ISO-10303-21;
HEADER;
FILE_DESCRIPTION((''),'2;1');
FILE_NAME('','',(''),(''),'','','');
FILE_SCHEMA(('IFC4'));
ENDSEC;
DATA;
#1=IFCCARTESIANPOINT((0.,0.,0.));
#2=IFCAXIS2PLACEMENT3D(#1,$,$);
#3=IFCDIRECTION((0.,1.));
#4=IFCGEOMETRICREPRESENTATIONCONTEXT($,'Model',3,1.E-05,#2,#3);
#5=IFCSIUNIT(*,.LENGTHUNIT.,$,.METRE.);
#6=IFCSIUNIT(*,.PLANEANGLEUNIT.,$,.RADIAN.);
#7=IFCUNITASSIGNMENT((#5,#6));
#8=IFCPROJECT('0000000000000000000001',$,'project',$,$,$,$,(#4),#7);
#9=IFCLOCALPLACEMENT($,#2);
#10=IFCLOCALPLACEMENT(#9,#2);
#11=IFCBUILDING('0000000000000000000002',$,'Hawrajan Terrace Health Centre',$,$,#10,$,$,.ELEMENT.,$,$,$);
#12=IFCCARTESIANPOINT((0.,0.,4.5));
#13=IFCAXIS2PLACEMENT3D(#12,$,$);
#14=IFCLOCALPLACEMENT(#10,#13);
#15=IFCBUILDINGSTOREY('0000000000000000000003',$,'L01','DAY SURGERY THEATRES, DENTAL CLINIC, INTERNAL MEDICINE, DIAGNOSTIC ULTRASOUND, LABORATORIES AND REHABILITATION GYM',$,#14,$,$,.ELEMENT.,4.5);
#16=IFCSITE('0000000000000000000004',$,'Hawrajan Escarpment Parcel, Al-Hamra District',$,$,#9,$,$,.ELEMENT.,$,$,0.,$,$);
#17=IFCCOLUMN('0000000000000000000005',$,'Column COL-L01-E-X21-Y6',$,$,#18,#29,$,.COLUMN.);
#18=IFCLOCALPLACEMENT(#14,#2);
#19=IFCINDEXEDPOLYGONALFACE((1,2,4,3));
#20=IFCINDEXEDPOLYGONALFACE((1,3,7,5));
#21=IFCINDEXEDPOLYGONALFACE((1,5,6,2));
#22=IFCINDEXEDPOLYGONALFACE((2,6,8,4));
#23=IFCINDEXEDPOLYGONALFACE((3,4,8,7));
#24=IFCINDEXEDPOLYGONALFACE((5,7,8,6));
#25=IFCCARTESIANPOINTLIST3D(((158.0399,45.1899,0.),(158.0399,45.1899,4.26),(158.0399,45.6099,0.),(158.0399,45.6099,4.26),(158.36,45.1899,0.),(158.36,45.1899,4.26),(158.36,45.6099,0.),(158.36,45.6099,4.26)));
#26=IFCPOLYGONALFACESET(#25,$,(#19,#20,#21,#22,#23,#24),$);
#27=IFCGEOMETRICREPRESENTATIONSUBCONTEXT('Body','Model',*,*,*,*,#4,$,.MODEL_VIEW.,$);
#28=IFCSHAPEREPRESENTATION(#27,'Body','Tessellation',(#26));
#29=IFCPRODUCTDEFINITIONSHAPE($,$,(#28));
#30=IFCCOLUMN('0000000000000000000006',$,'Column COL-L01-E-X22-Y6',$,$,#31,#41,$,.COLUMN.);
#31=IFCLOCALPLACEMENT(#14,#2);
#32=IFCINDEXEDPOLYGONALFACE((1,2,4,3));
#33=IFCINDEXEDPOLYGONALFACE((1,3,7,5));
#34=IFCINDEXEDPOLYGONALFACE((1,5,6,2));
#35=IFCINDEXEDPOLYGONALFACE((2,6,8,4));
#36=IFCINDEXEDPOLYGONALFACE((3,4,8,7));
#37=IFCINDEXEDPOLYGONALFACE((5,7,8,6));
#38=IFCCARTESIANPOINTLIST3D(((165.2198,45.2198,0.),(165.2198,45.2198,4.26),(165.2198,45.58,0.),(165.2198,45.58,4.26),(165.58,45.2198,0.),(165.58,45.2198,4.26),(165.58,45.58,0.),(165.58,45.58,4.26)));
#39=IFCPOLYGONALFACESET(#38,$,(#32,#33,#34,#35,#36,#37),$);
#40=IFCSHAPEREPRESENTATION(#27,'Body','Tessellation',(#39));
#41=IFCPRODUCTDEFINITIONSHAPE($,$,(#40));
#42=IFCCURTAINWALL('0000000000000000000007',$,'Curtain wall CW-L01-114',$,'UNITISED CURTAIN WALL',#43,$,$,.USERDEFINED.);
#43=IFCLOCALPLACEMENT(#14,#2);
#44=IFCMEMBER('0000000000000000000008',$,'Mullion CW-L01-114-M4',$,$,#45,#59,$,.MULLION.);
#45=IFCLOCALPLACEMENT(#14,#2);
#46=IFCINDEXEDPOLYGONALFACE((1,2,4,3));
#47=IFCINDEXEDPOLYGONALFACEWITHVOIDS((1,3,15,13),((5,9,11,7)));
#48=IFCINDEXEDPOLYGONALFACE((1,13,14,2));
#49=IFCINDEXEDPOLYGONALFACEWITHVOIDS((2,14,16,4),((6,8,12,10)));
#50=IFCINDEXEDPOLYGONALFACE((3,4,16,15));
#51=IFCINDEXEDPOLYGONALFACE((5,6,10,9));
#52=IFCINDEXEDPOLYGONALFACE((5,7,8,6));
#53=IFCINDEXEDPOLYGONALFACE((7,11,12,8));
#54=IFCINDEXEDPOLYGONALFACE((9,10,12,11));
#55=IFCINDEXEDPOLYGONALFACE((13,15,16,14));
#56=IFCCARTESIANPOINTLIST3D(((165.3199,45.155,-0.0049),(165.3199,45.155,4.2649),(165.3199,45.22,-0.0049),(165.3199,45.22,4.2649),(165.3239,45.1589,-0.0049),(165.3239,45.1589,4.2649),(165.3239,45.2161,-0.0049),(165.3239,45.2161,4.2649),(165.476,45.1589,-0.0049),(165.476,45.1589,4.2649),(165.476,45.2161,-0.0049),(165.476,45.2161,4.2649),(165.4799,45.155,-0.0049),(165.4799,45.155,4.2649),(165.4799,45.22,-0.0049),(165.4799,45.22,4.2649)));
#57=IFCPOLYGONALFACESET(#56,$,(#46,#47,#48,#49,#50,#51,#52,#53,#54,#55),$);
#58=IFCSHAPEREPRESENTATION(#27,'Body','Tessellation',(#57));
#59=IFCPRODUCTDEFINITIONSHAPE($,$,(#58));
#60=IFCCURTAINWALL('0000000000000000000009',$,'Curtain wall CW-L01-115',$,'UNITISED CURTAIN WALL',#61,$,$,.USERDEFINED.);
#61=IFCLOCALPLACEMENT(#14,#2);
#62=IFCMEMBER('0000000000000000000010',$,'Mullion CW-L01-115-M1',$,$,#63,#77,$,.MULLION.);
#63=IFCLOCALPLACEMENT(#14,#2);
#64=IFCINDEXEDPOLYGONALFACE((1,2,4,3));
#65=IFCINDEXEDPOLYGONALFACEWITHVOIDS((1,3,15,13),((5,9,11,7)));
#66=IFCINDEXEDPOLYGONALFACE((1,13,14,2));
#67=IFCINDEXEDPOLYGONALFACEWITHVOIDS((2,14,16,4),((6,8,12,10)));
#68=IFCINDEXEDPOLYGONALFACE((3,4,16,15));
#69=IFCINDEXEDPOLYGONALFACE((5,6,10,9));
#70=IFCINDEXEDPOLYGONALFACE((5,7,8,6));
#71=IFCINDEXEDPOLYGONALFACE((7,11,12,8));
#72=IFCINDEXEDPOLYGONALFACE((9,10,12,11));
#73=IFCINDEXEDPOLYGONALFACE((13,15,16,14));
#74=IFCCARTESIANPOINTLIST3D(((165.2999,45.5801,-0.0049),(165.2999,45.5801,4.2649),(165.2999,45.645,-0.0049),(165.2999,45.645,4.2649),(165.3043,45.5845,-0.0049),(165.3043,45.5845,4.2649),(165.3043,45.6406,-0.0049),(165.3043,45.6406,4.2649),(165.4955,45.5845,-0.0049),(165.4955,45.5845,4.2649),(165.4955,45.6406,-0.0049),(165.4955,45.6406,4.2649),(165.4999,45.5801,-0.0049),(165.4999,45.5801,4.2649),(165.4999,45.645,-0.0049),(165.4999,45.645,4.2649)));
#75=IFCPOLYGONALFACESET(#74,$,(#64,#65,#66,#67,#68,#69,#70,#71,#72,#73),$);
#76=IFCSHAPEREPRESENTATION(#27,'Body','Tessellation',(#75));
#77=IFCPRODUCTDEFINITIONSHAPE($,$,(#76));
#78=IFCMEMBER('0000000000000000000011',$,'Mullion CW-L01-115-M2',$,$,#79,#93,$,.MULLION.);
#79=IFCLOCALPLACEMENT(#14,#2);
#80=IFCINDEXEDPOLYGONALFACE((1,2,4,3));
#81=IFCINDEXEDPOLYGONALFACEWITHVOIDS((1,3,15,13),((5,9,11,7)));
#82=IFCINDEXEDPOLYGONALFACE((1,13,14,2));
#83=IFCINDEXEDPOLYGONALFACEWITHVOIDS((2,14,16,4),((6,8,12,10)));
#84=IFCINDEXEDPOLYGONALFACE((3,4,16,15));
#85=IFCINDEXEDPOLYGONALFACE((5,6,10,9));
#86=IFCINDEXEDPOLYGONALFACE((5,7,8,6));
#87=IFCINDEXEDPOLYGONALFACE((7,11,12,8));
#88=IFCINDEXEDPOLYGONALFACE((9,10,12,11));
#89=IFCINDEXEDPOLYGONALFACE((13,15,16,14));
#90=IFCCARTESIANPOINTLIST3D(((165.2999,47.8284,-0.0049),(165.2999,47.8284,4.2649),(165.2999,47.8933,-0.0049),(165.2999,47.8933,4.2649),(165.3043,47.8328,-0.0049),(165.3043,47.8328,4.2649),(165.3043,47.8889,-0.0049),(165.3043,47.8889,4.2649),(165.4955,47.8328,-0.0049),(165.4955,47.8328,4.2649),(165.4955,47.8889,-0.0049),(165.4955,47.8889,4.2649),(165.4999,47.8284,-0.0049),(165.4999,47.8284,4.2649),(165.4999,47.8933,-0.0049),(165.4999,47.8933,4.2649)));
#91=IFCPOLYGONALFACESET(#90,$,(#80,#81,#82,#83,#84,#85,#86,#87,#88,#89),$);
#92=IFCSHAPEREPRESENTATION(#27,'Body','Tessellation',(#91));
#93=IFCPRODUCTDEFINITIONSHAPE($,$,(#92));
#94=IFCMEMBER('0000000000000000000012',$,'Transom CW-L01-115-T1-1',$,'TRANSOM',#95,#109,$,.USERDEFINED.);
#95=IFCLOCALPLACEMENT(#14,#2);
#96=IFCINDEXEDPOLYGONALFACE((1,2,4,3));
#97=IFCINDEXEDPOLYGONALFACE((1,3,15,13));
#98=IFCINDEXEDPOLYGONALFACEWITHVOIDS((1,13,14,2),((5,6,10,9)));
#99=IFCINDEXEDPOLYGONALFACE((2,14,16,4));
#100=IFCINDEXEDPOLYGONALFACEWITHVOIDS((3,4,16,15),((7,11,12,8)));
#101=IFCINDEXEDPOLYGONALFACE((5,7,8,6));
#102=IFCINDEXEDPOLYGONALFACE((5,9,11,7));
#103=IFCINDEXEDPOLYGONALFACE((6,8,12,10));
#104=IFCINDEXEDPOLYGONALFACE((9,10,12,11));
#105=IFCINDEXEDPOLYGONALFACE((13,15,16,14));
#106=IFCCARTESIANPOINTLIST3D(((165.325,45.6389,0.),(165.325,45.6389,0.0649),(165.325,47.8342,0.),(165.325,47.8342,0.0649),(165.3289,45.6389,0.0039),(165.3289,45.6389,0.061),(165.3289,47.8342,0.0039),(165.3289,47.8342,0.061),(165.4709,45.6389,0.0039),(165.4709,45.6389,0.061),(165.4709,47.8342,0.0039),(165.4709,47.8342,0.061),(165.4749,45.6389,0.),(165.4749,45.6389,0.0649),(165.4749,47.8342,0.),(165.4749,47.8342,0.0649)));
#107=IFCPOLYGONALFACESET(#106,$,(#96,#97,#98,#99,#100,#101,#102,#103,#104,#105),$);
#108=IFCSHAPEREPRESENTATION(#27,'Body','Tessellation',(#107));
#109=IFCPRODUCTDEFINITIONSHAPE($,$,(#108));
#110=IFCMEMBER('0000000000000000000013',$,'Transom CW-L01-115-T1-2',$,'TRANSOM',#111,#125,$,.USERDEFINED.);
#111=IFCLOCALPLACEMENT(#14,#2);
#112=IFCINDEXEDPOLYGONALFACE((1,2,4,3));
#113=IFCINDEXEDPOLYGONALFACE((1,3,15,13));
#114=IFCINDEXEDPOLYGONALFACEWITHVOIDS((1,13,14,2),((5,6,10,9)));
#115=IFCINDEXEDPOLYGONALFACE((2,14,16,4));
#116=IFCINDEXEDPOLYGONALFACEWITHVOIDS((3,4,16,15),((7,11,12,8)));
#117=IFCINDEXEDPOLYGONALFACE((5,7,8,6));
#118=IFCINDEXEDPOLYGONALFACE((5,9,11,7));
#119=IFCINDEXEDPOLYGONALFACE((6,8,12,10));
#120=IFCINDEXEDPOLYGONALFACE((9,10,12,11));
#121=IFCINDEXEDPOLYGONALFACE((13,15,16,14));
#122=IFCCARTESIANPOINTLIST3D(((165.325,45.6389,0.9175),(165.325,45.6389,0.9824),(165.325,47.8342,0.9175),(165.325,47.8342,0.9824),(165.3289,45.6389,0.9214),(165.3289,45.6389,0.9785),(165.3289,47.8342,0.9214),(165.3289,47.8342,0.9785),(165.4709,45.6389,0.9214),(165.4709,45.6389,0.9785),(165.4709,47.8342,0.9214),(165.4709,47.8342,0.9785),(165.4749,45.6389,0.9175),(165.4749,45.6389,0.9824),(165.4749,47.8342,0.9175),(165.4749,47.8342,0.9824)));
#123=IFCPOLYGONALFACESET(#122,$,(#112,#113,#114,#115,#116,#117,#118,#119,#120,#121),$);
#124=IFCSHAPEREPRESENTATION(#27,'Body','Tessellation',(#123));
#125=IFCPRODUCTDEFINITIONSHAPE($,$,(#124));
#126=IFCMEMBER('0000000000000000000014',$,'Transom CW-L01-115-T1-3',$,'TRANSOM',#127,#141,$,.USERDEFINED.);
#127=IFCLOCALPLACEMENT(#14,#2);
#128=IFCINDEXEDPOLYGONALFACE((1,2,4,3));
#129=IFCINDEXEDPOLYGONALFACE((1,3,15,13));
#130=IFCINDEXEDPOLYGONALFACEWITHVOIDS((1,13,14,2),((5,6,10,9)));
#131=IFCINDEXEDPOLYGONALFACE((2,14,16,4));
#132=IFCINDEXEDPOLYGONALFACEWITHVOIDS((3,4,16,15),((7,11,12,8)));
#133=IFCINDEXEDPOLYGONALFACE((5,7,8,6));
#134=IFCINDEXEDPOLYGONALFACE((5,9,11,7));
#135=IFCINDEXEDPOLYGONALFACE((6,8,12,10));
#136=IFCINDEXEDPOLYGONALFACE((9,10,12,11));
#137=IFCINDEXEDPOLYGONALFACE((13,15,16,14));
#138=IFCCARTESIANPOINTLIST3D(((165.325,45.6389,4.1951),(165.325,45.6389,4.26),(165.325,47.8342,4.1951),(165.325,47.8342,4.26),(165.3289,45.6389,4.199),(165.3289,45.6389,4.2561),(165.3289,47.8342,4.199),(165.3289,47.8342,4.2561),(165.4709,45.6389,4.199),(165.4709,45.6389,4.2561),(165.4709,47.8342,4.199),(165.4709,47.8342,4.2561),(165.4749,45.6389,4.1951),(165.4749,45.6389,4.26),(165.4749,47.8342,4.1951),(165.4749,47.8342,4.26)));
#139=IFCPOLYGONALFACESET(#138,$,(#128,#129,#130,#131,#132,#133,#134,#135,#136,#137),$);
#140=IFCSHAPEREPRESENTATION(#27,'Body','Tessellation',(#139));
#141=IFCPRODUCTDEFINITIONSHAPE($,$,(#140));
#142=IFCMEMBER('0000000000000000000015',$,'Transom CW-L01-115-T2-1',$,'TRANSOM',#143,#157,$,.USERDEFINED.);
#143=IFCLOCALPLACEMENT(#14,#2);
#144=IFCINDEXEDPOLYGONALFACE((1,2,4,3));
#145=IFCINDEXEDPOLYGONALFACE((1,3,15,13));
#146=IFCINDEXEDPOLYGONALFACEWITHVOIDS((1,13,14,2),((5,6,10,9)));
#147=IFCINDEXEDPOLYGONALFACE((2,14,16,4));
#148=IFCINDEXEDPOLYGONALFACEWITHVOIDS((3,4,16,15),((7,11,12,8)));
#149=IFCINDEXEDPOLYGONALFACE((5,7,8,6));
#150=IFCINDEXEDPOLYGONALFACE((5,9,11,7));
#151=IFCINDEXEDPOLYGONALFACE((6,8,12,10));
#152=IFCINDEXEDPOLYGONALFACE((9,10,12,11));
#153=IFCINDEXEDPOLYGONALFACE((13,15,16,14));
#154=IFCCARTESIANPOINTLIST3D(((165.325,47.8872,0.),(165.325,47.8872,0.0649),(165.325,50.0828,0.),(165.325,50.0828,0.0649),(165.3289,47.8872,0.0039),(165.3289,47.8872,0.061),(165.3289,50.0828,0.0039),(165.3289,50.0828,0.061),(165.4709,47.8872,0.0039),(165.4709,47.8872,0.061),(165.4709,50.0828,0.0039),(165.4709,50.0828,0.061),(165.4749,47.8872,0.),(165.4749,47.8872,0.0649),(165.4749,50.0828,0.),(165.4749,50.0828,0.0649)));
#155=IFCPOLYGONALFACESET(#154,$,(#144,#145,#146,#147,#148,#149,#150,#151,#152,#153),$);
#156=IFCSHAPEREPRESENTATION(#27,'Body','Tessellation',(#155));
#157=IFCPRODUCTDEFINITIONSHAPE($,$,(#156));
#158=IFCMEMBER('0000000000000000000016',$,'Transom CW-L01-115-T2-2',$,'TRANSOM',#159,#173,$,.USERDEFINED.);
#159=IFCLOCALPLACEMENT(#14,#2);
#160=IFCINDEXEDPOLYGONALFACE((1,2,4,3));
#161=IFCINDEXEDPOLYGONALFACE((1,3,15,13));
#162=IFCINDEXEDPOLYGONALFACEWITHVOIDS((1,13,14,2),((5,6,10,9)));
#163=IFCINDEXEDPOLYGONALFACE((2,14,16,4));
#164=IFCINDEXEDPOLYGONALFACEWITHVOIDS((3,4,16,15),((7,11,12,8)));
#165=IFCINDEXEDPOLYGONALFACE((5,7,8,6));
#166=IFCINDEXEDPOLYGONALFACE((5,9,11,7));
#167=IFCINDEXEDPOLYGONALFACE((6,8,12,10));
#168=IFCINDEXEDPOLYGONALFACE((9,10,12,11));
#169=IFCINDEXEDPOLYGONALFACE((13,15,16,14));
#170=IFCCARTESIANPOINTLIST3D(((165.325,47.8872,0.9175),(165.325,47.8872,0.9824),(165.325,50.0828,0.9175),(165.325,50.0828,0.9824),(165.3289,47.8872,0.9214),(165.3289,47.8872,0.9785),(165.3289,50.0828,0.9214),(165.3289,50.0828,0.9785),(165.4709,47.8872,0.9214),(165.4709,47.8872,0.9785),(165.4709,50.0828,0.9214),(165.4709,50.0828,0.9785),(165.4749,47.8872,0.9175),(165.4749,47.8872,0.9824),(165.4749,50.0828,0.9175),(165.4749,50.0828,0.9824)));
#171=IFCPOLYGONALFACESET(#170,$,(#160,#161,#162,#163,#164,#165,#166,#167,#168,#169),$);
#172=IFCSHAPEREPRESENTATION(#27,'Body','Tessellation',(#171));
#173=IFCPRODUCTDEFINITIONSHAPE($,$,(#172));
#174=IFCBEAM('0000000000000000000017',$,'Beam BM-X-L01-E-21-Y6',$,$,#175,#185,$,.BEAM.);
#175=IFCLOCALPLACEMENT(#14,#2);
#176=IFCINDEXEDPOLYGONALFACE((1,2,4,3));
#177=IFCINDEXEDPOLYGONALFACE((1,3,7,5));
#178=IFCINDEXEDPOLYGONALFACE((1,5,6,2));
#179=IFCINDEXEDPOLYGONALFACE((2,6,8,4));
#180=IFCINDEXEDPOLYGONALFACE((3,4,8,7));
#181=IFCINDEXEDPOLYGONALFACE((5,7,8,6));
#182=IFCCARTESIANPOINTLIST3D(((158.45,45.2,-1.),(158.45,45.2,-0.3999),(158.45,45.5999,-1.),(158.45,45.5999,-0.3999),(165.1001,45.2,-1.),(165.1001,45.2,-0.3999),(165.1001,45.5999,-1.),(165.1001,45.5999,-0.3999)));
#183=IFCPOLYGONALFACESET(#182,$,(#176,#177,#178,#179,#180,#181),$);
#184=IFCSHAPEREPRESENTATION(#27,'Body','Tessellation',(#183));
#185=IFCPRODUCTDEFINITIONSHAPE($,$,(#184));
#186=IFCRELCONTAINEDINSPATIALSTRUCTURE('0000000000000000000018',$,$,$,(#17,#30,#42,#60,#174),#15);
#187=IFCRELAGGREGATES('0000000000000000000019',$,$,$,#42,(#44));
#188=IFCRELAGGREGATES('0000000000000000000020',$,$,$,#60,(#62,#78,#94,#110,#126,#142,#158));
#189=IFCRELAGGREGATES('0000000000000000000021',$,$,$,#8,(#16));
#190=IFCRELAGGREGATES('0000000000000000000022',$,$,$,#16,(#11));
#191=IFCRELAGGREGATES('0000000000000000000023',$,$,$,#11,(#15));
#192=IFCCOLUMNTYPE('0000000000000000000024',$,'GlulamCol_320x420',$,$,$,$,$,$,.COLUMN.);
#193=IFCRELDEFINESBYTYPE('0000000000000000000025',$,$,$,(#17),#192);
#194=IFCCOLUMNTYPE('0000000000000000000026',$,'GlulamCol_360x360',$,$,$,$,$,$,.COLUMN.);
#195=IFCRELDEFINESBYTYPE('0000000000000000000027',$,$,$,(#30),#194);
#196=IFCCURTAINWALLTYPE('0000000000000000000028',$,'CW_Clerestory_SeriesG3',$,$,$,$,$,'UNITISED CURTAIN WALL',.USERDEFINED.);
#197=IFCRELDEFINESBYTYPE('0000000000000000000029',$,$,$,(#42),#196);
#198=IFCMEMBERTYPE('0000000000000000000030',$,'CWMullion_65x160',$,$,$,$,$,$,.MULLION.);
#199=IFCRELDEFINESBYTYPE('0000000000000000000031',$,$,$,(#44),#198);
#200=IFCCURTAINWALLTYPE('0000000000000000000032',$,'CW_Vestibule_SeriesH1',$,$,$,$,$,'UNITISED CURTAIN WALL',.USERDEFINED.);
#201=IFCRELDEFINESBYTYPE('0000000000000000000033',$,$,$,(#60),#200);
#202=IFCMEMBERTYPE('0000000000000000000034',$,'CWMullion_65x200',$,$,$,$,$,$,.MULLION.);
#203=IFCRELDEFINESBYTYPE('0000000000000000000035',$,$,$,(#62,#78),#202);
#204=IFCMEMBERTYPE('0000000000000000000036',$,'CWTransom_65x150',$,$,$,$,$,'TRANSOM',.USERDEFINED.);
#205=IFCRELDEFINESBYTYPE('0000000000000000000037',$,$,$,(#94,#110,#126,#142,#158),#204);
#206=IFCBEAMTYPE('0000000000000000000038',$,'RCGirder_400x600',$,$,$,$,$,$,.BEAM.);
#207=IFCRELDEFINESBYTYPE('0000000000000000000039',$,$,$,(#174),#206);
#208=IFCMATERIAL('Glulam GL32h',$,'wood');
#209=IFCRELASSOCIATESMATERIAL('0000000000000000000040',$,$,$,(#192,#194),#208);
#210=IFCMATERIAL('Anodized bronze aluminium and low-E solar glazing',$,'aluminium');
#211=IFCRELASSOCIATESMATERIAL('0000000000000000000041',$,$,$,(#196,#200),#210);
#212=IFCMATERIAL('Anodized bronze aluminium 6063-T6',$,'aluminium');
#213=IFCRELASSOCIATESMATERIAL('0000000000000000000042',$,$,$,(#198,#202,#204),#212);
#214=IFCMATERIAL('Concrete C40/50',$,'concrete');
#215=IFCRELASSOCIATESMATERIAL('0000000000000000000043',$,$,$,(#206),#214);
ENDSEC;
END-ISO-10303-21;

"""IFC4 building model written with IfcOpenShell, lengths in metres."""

from ifc_helpers import new_model, si_unit, direction, frame, origin, origin_2d, place, context, subcontext, project, spatial, rectangle, hollow_rectangle, extrude, material, material_profile, profile_set, type_object, element, aggregate, save


model = new_model("IFC4")

# Units and contexts
model_context = context("Model", 3, precision=1e-05, world=origin(), true_north=direction((0.0, 1.0)))
body_context = subcontext(model_context, "Body", "Model", "MODEL_VIEW")
ifc_project = project(units=[si_unit("LENGTHUNIT", "METRE"), si_unit("PLANEANGLEUNIT", "RADIAN")], contexts=[model_context])

# Site, building, storey
site_placement = place(None, origin())
site = spatial("IfcSite", under=ifc_project, at=site_placement, Name="Hawrajan Escarpment Parcel, Al-Hamra District", CompositionType="ELEMENT", RefElevation=0.0)
building_placement = place(site_placement, origin())
building = spatial("IfcBuilding", under=site, at=building_placement, Name="Hawrajan Terrace Health Centre", CompositionType="ELEMENT")
storey_placement = place(building_placement, frame((0.0, 0.0, 4.5)))
storey = spatial("IfcBuildingStorey", under=building, at=storey_placement, Name="L01", Description="DAY SURGERY THEATRES, DENTAL CLINIC, INTERNAL MEDICINE, DIAGNOSTIC ULTRASOUND, LABORATORIES AND REHABILITATION GYM", CompositionType="ELEMENT", Elevation=4.5)

# Columns
ifc_material_1 = material(Name="Glulam GL32h", Category="wood")
ifc_material_profile_1 = material_profile(ifc_material_1, rectangle(XDim=0.3201, YDim=0.4199, at=origin_2d()), Name="GL 320x420")
ifc_profile_set_1 = profile_set([ifc_material_profile_1], Name="Glulam GL32h")
column_type_1 = type_object("IfcColumnType", Name="GlulamCol_320x420", PredefinedType="COLUMN", material=ifc_profile_set_1)
column_1_placement = place(storey_placement, frame((158.2, 45.3999, 0.0), z_axis=(0.0, 0.0, 1.0), x_axis=(1.0, 0.0, 0.0)))
element("IfcColumn", 1, at=column_1_placement, inside=storey, type_object=column_type_1, Name="Column COL-L01-E-X21-Y6", PredefinedType="COLUMN", context=body_context, shape_type="SweptSolid", body=[
    extrude(rectangle(XDim=0.3201, YDim=0.4199, at=origin_2d()), origin(), (0.0, 0.0, 1.0), 4.26),
])
ifc_material_profile_2 = material_profile(ifc_material_1, rectangle(XDim=0.3601, YDim=0.3601, at=origin_2d()), Name="GL 360x360")
ifc_profile_set_2 = profile_set([ifc_material_profile_2], Name="Glulam GL32h")
column_type_2 = type_object("IfcColumnType", Name="GlulamCol_360x360", PredefinedType="COLUMN", material=ifc_profile_set_2)
column_2_placement = place(storey_placement, frame((165.3999, 45.3999, 0.0), z_axis=(0.0, 0.0, 1.0), x_axis=(1.0, 0.0, 0.0)))
element("IfcColumn", 2, at=column_2_placement, inside=storey, type_object=column_type_2, Name="Column COL-L01-E-X22-Y6", PredefinedType="COLUMN", context=body_context, shape_type="SweptSolid", body=[
    extrude(rectangle(XDim=0.3601, YDim=0.3601, at=origin_2d()), origin(), (0.0, 0.0, 1.0), 4.26),
])

# Curtain wall, member
ifc_material_2 = material(Name="Anodized bronze aluminium and low-E solar glazing", Category="aluminium")
curtain_wall_type_1 = type_object("IfcCurtainWallType", Name="CW_Clerestory_SeriesG3", ElementType="UNITISED CURTAIN WALL", PredefinedType="USERDEFINED", material=ifc_material_2)
curtain_wall_1_placement = place(storey_placement, origin())
curtain_wall_1 = element("IfcCurtainWall", 3, at=curtain_wall_1_placement, inside=storey, type_object=curtain_wall_type_1, Name="Curtain wall CW-L01-114", ObjectType="UNITISED CURTAIN WALL", PredefinedType="USERDEFINED")
ifc_material_3 = material(Name="Anodized bronze aluminium 6063-T6", Category="aluminium")
ifc_material_profile_3 = material_profile(ifc_material_3, hollow_rectangle(XDim=0.0649, YDim=0.1599, WallThickness=0.0039, at=origin_2d()), Name="CW MUL 65x160")
ifc_profile_set_3 = profile_set([ifc_material_profile_3], Name="Anodized bronze aluminium 6063-T6")
member_type_1 = type_object("IfcMemberType", Name="CWMullion_65x160", PredefinedType="MULLION", material=ifc_profile_set_3)
member_1_placement = place(storey_placement, frame((165.3999, 45.1875, -0.0049), z_axis=(0.0, 0.0, 1.0), x_axis=(0.0, 1.0, 0.0)))
member_1 = element("IfcMember", 4, at=member_1_placement, type_object=member_type_1, Name="Mullion CW-L01-114-M4", PredefinedType="MULLION", context=body_context, shape_type="SweptSolid", body=[
    extrude(hollow_rectangle(XDim=0.0649, YDim=0.1599, WallThickness=0.0039, at=origin_2d()), origin(), (0.0, 0.0, 1.0), 4.2698),
])

# Curtain wall, members
curtain_wall_type_2 = type_object("IfcCurtainWallType", Name="CW_Vestibule_SeriesH1", ElementType="UNITISED CURTAIN WALL", PredefinedType="USERDEFINED", material=ifc_material_2)
curtain_wall_2_placement = place(storey_placement, origin())
curtain_wall_2 = element("IfcCurtainWall", 5, at=curtain_wall_2_placement, inside=storey, type_object=curtain_wall_type_2, Name="Curtain wall CW-L01-115", ObjectType="UNITISED CURTAIN WALL", PredefinedType="USERDEFINED")
ifc_material_profile_4 = material_profile(ifc_material_3, hollow_rectangle(XDim=0.0649, YDim=0.2, WallThickness=0.0044, at=origin_2d()), Name="CW MUL 65x200")
ifc_profile_set_4 = profile_set([ifc_material_profile_4], Name="Anodized bronze aluminium 6063-T6")
member_type_2 = type_object("IfcMemberType", Name="CWMullion_65x200", PredefinedType="MULLION", material=ifc_profile_set_4)
member_2_placement = place(storey_placement, frame((165.3999, 45.6125, -0.0049), z_axis=(0.0, 0.0, 1.0), x_axis=(0.0, 1.0, 0.0)))
member_2 = element("IfcMember", 6, at=member_2_placement, type_object=member_type_2, Name="Mullion CW-L01-115-M1", PredefinedType="MULLION", context=body_context, shape_type="SweptSolid", body=[
    extrude(hollow_rectangle(XDim=0.0649, YDim=0.2, WallThickness=0.0044, at=origin_2d()), origin(), (0.0, 0.0, 1.0), 4.2698),
])
member_3_placement = place(storey_placement, frame((165.3999, 47.8608, -0.0049), z_axis=(0.0, 0.0, 1.0), x_axis=(0.0, 1.0, 0.0)))
member_3 = element("IfcMember", 7, at=member_3_placement, type_object=member_type_2, Name="Mullion CW-L01-115-M2", PredefinedType="MULLION", context=body_context, shape_type="SweptSolid", body=[
    extrude(hollow_rectangle(XDim=0.0649, YDim=0.2, WallThickness=0.0044, at=origin_2d()), origin(), (0.0, 0.0, 1.0), 4.2698),
])
ifc_material_profile_5 = material_profile(ifc_material_3, hollow_rectangle(XDim=0.0649, YDim=0.1499, WallThickness=0.0039, at=origin_2d()), Name="CW TRN 65x150")
ifc_profile_set_5 = profile_set([ifc_material_profile_5], Name="Anodized bronze aluminium 6063-T6")
member_type_3 = type_object("IfcMemberType", Name="CWTransom_65x150", ElementType="TRANSOM", PredefinedType="USERDEFINED", material=ifc_profile_set_5)
member_4_placement = place(storey_placement, frame((165.3999, 45.6389, 0.0325), z_axis=(0.0, 1.0, 0.0), x_axis=(0.0, 0.0, 1.0)))
member_4 = element("IfcMember", 8, at=member_4_placement, type_object=member_type_3, Name="Transom CW-L01-115-T1-1", ObjectType="TRANSOM", PredefinedType="USERDEFINED", context=body_context, shape_type="SweptSolid", body=[
    extrude(hollow_rectangle(XDim=0.0649, YDim=0.1499, WallThickness=0.0039, at=origin_2d()), origin(), (0.0, 0.0, 1.0), 2.1953),
])
member_5_placement = place(storey_placement, frame((165.3999, 45.6389, 0.95), z_axis=(0.0, 1.0, 0.0), x_axis=(0.0, 0.0, 1.0)))
member_5 = element("IfcMember", 9, at=member_5_placement, type_object=member_type_3, Name="Transom CW-L01-115-T1-2", ObjectType="TRANSOM", PredefinedType="USERDEFINED", context=body_context, shape_type="SweptSolid", body=[
    extrude(hollow_rectangle(XDim=0.0649, YDim=0.1499, WallThickness=0.0039, at=origin_2d()), origin(), (0.0, 0.0, 1.0), 2.1953),
])
member_6_placement = place(storey_placement, frame((165.3999, 45.6389, 4.2275), z_axis=(0.0, 1.0, 0.0), x_axis=(0.0, 0.0, 1.0)))
member_6 = element("IfcMember", 10, at=member_6_placement, type_object=member_type_3, Name="Transom CW-L01-115-T1-3", ObjectType="TRANSOM", PredefinedType="USERDEFINED", context=body_context, shape_type="SweptSolid", body=[
    extrude(hollow_rectangle(XDim=0.0649, YDim=0.1499, WallThickness=0.0039, at=origin_2d()), origin(), (0.0, 0.0, 1.0), 2.1953),
])
member_7_placement = place(storey_placement, frame((165.3999, 47.8872, 0.0325), z_axis=(0.0, 1.0, 0.0), x_axis=(0.0, 0.0, 1.0)))
member_7 = element("IfcMember", 11, at=member_7_placement, type_object=member_type_3, Name="Transom CW-L01-115-T2-1", ObjectType="TRANSOM", PredefinedType="USERDEFINED", context=body_context, shape_type="SweptSolid", body=[
    extrude(hollow_rectangle(XDim=0.0649, YDim=0.1499, WallThickness=0.0039, at=origin_2d()), origin(), (0.0, 0.0, 1.0), 2.1956),
])
member_8_placement = place(storey_placement, frame((165.3999, 47.8872, 0.95), z_axis=(0.0, 1.0, 0.0), x_axis=(0.0, 0.0, 1.0)))
member_8 = element("IfcMember", 12, at=member_8_placement, type_object=member_type_3, Name="Transom CW-L01-115-T2-2", ObjectType="TRANSOM", PredefinedType="USERDEFINED", context=body_context, shape_type="SweptSolid", body=[
    extrude(hollow_rectangle(XDim=0.0649, YDim=0.1499, WallThickness=0.0039, at=origin_2d()), origin(), (0.0, 0.0, 1.0), 2.1956),
])

# Beam
ifc_material_4 = material(Name="Concrete C40/50", Category="concrete")
ifc_material_profile_6 = material_profile(ifc_material_4, rectangle(XDim=0.3999, YDim=0.6001, at=origin_2d()), Name="RC BM 400x600")
ifc_profile_set_6 = profile_set([ifc_material_profile_6], Name="Concrete C40/50")
beam_type_1 = type_object("IfcBeamType", Name="RCGirder_400x600", PredefinedType="BEAM", material=ifc_profile_set_6)
beam_1_placement = place(storey_placement, frame((158.45, 45.3999, -0.7), z_axis=(1.0, 0.0, 0.0), x_axis=(0.0, 1.0, 0.0)))
element("IfcBeam", 13, at=beam_1_placement, inside=storey, type_object=beam_type_1, Name="Beam BM-X-L01-E-21-Y6", PredefinedType="BEAM", context=body_context, shape_type="SweptSolid", body=[
    extrude(rectangle(XDim=0.3999, YDim=0.6001, at=origin_2d()), origin(), (0.0, 0.0, 1.0), 6.6501),
])

aggregate(curtain_wall_1, [member_1])
aggregate(curtain_wall_2, [member_2, member_3, member_4, member_5, member_6, member_7, member_8])

save(model, "model.ifc")
